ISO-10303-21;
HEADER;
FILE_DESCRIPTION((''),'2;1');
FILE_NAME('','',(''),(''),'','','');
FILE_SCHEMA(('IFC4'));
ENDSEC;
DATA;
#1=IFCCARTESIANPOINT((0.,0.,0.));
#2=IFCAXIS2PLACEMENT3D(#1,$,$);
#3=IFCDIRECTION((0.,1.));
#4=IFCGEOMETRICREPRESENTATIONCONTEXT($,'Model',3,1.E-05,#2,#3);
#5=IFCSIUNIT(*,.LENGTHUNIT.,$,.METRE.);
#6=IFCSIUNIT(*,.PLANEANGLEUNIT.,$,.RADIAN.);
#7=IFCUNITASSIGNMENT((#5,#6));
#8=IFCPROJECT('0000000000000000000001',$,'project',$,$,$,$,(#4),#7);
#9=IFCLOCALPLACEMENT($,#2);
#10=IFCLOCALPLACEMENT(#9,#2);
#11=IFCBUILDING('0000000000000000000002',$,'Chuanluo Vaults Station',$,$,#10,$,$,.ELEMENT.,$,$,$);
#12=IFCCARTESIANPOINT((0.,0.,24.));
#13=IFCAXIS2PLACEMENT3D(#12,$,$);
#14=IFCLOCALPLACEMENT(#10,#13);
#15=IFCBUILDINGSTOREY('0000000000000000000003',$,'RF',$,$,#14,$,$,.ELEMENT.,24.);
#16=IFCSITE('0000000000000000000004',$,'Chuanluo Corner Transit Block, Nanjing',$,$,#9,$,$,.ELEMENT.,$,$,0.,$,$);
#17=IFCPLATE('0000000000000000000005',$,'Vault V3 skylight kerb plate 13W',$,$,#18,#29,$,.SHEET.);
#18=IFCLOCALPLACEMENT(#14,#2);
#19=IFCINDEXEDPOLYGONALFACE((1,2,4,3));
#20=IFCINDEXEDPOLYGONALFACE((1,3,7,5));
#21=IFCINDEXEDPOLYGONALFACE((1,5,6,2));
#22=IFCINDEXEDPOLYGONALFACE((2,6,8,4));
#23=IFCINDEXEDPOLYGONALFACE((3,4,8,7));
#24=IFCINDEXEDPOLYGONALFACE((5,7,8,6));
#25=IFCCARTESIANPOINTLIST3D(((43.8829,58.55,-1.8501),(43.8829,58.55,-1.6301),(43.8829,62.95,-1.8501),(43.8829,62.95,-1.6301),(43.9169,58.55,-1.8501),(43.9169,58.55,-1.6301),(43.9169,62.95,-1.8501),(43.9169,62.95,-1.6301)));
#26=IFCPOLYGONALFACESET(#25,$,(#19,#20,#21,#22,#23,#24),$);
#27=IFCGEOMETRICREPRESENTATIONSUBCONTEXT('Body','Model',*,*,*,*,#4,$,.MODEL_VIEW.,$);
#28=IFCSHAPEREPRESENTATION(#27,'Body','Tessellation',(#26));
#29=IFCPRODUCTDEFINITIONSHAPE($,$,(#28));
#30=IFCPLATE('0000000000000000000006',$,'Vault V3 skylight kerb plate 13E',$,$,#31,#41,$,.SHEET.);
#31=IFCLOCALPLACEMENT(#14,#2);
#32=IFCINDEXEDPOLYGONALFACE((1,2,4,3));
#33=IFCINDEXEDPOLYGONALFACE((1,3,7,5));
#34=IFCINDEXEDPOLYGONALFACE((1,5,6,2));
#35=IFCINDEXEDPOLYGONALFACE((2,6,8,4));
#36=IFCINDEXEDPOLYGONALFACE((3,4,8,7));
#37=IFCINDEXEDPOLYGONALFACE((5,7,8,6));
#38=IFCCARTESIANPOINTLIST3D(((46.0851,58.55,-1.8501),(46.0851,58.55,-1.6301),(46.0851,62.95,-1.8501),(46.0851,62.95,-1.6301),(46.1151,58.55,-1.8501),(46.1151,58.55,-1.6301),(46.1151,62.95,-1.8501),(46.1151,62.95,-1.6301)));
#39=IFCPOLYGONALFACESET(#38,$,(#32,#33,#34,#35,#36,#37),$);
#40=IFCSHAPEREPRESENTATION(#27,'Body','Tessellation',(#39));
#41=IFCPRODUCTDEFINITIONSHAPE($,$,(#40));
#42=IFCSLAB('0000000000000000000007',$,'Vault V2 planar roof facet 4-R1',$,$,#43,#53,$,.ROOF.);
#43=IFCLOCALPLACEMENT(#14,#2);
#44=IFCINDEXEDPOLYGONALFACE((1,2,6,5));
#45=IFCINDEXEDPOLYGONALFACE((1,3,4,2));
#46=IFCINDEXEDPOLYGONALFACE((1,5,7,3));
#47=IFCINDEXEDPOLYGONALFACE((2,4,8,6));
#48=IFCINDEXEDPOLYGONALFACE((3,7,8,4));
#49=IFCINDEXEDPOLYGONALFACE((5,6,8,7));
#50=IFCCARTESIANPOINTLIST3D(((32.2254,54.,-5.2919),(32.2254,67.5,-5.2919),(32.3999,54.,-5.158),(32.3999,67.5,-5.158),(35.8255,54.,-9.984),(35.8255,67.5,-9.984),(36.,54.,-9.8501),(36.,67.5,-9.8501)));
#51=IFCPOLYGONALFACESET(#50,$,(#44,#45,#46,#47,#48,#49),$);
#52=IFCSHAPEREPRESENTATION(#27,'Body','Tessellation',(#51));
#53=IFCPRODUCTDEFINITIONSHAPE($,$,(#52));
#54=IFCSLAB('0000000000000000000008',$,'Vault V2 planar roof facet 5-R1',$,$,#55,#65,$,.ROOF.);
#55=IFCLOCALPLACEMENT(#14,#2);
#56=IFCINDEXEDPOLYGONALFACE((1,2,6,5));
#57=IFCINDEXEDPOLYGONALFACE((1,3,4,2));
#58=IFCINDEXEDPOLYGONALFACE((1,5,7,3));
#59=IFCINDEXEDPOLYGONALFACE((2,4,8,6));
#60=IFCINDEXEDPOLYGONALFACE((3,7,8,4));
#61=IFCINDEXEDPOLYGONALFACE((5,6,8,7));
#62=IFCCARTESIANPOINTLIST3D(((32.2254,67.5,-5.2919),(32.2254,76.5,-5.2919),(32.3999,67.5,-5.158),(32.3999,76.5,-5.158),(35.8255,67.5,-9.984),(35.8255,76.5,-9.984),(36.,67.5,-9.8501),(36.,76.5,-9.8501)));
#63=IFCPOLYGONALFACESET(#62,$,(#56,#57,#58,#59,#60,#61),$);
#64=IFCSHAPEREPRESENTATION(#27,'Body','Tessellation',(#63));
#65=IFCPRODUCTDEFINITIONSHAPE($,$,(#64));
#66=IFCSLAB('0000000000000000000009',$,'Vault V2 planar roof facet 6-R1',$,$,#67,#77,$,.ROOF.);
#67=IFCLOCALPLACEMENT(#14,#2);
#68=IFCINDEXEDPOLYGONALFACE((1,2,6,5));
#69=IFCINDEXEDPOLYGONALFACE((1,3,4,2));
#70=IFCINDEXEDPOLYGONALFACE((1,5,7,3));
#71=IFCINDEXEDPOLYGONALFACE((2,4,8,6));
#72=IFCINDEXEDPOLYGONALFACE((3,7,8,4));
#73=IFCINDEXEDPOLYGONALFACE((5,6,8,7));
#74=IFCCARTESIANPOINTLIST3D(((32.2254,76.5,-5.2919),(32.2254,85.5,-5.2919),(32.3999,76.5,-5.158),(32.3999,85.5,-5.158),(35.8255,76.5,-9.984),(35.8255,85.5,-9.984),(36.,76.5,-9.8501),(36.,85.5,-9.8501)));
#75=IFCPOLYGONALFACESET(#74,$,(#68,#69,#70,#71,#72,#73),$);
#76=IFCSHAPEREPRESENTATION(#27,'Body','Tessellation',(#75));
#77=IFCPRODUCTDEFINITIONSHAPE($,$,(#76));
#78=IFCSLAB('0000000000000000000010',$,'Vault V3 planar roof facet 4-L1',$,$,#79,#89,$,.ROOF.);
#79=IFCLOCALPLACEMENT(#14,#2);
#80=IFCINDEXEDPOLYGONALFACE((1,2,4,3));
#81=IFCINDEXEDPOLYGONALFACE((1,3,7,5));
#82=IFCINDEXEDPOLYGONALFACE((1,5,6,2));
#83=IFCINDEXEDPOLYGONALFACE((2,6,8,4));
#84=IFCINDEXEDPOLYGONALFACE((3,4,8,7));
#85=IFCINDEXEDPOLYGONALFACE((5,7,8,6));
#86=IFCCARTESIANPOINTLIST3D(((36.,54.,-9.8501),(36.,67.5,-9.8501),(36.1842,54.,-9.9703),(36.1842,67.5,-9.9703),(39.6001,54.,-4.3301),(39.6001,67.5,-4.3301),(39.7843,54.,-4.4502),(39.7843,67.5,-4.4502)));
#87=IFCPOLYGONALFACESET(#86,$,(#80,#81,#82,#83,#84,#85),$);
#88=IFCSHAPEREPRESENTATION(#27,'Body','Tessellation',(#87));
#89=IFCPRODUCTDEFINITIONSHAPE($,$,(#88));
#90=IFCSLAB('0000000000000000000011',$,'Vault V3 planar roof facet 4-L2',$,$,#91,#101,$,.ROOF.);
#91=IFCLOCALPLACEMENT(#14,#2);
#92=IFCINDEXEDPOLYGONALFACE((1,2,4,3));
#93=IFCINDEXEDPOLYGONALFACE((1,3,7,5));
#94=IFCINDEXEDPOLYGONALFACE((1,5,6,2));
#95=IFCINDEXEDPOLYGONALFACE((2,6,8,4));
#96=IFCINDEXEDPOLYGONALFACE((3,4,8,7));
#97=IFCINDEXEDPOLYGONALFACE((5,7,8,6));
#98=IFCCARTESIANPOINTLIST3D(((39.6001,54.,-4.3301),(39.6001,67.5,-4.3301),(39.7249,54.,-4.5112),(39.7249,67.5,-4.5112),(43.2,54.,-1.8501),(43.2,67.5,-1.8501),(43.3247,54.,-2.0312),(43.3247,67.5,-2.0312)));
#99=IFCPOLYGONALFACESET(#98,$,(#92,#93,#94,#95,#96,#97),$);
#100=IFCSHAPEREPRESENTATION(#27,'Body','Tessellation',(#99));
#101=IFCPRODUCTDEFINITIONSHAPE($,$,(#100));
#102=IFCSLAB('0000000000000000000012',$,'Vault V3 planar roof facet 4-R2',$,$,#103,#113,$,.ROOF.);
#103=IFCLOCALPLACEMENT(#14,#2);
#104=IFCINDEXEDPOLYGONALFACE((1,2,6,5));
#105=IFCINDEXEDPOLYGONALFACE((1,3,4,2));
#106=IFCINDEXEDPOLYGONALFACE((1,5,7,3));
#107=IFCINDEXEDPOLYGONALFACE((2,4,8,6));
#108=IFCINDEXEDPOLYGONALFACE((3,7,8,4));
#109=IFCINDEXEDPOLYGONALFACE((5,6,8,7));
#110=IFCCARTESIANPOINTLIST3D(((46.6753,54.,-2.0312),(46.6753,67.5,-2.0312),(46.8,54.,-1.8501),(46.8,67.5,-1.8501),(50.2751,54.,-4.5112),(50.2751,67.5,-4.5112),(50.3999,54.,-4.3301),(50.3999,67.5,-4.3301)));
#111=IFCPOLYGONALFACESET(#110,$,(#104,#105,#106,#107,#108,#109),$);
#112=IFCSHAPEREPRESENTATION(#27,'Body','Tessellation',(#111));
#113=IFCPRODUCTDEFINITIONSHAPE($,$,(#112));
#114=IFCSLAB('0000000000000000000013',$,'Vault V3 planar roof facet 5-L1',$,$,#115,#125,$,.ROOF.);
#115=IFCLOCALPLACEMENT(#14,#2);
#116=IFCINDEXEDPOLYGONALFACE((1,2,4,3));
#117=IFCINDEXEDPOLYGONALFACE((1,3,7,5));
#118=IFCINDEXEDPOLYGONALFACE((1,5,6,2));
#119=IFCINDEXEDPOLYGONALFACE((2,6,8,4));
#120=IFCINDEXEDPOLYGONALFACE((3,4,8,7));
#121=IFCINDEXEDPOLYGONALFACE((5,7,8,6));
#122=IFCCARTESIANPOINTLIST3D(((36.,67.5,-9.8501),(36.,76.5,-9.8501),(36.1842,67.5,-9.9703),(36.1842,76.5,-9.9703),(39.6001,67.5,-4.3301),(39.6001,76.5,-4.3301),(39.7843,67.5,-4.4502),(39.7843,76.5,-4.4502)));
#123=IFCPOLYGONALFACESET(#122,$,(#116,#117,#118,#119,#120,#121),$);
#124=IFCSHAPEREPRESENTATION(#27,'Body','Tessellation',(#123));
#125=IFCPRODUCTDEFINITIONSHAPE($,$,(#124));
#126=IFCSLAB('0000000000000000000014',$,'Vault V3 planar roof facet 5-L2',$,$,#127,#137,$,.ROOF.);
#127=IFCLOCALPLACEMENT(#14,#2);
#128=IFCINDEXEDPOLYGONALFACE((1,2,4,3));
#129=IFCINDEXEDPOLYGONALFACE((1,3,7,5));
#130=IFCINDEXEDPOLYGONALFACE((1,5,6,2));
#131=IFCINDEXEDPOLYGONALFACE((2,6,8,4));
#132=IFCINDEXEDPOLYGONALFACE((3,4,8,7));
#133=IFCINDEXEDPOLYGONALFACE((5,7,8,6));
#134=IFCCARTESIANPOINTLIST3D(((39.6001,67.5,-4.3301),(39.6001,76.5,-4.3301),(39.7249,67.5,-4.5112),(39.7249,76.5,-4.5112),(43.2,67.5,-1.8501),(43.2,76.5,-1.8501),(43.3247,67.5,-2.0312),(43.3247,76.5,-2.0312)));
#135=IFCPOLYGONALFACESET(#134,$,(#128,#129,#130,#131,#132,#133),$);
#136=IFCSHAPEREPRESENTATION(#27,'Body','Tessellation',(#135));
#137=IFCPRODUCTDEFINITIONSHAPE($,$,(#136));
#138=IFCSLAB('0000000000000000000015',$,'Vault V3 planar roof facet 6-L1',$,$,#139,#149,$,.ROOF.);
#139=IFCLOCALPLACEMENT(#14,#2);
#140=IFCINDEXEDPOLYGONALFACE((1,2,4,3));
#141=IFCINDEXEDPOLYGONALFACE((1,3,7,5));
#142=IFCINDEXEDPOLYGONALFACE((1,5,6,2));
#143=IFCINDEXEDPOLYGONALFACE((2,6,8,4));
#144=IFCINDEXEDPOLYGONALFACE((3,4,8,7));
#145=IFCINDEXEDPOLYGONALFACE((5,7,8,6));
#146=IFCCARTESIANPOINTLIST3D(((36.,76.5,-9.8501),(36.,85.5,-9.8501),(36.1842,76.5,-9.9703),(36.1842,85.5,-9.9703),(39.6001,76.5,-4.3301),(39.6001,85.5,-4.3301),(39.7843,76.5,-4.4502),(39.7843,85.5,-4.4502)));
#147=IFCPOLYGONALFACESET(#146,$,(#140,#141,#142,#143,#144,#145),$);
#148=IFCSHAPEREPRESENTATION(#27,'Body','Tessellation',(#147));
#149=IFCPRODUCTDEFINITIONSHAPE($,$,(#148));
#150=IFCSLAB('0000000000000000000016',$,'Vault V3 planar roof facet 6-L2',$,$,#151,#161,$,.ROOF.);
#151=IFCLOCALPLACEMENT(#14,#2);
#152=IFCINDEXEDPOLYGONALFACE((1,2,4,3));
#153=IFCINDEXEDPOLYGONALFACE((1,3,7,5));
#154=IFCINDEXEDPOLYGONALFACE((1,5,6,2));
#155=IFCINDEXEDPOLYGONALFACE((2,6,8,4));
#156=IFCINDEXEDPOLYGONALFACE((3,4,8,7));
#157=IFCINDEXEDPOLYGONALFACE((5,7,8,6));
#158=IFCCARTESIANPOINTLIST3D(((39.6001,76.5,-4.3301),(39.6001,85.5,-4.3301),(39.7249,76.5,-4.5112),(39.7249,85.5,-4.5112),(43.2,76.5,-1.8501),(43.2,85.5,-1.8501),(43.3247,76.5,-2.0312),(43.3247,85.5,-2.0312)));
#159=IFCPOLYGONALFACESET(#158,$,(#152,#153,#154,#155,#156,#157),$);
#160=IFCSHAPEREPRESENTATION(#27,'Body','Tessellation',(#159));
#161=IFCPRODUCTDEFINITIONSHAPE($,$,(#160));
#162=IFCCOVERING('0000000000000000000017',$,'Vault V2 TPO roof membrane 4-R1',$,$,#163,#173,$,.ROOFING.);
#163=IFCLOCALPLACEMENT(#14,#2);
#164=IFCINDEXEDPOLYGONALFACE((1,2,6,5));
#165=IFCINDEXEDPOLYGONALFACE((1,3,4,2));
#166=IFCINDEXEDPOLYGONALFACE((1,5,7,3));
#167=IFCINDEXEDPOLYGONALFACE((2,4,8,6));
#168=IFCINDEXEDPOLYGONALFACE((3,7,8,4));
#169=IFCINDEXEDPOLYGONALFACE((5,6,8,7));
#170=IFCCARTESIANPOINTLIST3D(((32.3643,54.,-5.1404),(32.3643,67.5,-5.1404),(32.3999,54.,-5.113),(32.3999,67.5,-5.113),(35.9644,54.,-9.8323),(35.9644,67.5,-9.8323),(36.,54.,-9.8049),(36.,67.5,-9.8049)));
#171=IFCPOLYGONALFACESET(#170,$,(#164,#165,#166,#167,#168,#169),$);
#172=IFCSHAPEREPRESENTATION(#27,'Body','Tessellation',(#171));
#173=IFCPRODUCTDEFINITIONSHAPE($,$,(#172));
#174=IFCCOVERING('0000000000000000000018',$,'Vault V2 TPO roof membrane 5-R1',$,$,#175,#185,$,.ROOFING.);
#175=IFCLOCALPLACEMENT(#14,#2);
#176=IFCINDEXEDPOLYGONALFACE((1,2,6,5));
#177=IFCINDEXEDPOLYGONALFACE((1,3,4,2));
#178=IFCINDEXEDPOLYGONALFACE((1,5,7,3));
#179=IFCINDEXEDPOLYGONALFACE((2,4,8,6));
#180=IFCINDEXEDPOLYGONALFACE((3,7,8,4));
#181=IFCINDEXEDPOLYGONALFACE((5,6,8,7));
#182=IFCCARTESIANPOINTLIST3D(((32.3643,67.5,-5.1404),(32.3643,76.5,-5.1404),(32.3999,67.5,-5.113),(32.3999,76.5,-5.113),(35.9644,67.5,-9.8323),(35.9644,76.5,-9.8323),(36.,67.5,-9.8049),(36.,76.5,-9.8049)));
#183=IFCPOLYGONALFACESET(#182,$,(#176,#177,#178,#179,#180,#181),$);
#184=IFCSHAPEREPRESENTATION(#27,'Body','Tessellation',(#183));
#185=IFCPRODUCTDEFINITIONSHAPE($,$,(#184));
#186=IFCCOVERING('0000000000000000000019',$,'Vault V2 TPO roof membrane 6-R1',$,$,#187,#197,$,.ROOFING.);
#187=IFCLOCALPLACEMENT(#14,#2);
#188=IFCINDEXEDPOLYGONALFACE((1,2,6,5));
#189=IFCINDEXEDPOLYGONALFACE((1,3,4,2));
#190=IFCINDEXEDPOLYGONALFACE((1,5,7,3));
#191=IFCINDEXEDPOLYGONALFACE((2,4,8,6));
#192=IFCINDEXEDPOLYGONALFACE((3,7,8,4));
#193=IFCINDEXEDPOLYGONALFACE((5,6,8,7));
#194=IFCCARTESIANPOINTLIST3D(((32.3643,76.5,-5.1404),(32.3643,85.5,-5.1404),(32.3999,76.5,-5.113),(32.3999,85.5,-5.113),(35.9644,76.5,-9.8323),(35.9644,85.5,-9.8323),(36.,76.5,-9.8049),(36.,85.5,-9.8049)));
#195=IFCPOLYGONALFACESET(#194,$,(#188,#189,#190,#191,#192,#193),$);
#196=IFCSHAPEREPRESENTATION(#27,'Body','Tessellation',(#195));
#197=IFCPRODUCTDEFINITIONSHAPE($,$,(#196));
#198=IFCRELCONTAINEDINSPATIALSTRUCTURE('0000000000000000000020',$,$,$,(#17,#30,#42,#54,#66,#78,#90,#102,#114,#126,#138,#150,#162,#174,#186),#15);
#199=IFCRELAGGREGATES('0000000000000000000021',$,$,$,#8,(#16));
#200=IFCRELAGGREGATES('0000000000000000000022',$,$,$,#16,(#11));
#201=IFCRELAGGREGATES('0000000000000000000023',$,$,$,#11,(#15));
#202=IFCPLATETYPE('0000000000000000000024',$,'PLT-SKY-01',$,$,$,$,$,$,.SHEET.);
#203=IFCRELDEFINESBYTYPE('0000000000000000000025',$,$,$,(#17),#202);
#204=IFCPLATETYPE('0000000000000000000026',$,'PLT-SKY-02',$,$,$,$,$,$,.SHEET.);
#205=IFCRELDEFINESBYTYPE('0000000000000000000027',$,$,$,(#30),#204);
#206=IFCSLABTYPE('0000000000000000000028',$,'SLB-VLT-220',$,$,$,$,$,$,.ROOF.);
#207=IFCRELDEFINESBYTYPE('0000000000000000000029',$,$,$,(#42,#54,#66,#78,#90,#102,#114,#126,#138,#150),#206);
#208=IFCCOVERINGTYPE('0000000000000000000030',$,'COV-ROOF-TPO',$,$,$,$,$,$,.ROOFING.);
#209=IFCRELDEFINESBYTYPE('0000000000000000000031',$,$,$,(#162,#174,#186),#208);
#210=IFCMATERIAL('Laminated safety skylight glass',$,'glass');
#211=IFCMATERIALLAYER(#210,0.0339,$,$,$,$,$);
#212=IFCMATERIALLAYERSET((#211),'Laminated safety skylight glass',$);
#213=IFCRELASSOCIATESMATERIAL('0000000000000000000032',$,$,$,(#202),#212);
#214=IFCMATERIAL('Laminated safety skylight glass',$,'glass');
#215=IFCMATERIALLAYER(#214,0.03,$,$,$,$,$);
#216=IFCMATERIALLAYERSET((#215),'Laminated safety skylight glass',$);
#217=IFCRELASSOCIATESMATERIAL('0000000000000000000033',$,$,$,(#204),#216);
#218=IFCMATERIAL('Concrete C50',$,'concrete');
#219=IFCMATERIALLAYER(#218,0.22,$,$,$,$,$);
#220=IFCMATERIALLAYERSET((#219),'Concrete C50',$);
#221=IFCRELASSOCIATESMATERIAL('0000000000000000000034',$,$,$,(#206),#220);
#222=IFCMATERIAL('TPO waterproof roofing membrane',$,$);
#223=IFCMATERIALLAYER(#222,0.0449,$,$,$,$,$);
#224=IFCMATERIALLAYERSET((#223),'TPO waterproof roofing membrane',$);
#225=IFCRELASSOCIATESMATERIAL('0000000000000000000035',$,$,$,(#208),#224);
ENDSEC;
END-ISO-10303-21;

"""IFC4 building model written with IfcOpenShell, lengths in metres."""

from ifc_helpers import new_model, si_unit, direction, frame, origin, origin_2d, place, context, subcontext, project, spatial, polyline, rectangle, outline, extrude, material, layer, layer_set, type_object, element, save


model = new_model("IFC4")

# Units and contexts
model_context = context("Model", 3, precision=1e-05, world=origin(), true_north=direction((0.0, 1.0)))
body_context = subcontext(model_context, "Body", "Model", "MODEL_VIEW")
ifc_project = project(units=[si_unit("LENGTHUNIT", "METRE"), si_unit("PLANEANGLEUNIT", "RADIAN")], contexts=[model_context])

# Site, building, storey
site_placement = place(None, origin())
site = spatial("IfcSite", under=ifc_project, at=site_placement, Name="Chuanluo Corner Transit Block, Nanjing", CompositionType="ELEMENT", RefElevation=0.0)
building_placement = place(site_placement, origin())
building = spatial("IfcBuilding", under=site, at=building_placement, Name="Chuanluo Vaults Station", CompositionType="ELEMENT")
storey_placement = place(building_placement, frame((0.0, 0.0, 24.0)))
storey = spatial("IfcBuildingStorey", under=building, at=storey_placement, Name="RF", CompositionType="ELEMENT", Elevation=24.0)

# Plates
ifc_material_1 = material(Name="Laminated safety skylight glass", Category="glass")
ifc_layer_1 = layer(ifc_material_1, 0.0339)
ifc_layer_set_1 = layer_set([ifc_layer_1], Name="Laminated safety skylight glass")
plate_type_1 = type_object("IfcPlateType", Name="PLT-SKY-01", PredefinedType="SHEET", material=ifc_layer_set_1)
plate_1_placement = place(storey_placement, frame((43.8999, 60.75, -1.8501), z_axis=(0.0, 0.0, 1.0), x_axis=(1.0, 0.0, 0.0)))
element("IfcPlate", 1, at=plate_1_placement, inside=storey, type_object=plate_type_1, Name="Vault V3 skylight kerb plate 13W", PredefinedType="SHEET", context=body_context, shape_type="SweptSolid", body=[
    extrude(rectangle(XDim=0.0339, YDim=4.3999, at=origin_2d()), origin(), (0.0, 0.0, 1.0), 0.22),
])
ifc_material_2 = material(Name="Laminated safety skylight glass", Category="glass")
ifc_layer_2 = layer(ifc_material_2, 0.03)
ifc_layer_set_2 = layer_set([ifc_layer_2], Name="Laminated safety skylight glass")
plate_type_2 = type_object("IfcPlateType", Name="PLT-SKY-02", PredefinedType="SHEET", material=ifc_layer_set_2)
plate_2_placement = place(storey_placement, frame((46.1001, 60.75, -1.8501), z_axis=(0.0, 0.0, 1.0), x_axis=(1.0, 0.0, 0.0)))
element("IfcPlate", 2, at=plate_2_placement, inside=storey, type_object=plate_type_2, Name="Vault V3 skylight kerb plate 13E", PredefinedType="SHEET", context=body_context, shape_type="SweptSolid", body=[
    extrude(rectangle(XDim=0.03, YDim=4.3999, at=origin_2d()), origin(), (0.0, 0.0, 1.0), 0.22),
])

# Slabs
ifc_material_3 = material(Name="Concrete C50", Category="concrete")
ifc_layer_3 = layer(ifc_material_3, 0.22)
ifc_layer_set_3 = layer_set([ifc_layer_3], Name="Concrete C50")
slab_type = type_object("IfcSlabType", Name="SLB-VLT-220", PredefinedType="ROOF", material=ifc_layer_set_3)
slab_1_placement = place(storey_placement, frame((32.3999, 54.0, -5.158), z_axis=(0.793378, 0.0, 0.608729), x_axis=(0.608729, 0.0, -0.793378)))
element("IfcSlab", 3, at=slab_1_placement, inside=storey, type_object=slab_type, Name="Vault V2 planar roof facet 4-R1", PredefinedType="ROOF", context=body_context, shape_type="SweptSolid", body=[
    extrude(outline(polyline([(0.0, 0.0), (5.9141, 0.0), (5.9141, 13.5), (0.0, 13.5), (0.0, 0.0)])), origin(), (0.0, 0.0, -1.0), 0.22),
])
for number, where, z_axis, x_axis, name in (
    (4, (32.3999, 67.5, -5.158), (0.793378, 0.0, 0.608729), (0.608729, 0.0, -0.793378), "Vault V2 planar roof facet 5-R1"),
    (5, (32.3999, 76.5, -5.158), (0.793378, 0.0, 0.608729), (0.608729, 0.0, -0.793378), "Vault V2 planar roof facet 6-R1"),
):
    element("IfcSlab", number, at=place(storey_placement, frame(where, z_axis=z_axis, x_axis=x_axis)), inside=storey, type_object=slab_type, Name=name, PredefinedType="ROOF", context=body_context, shape_type="SweptSolid", body=[
        extrude(outline(polyline([(0.0, 0.0), (5.9141, 0.0), (5.9141, 9.0), (0.0, 9.0), (0.0, 0.0)])), origin(), (0.0, 0.0, -1.0), 0.22),
    ])
slab_2_placement = place(storey_placement, frame((36.0, 54.0, -9.8501), z_axis=(-0.837605, 0.0, 0.546277), x_axis=(0.546277, 0.0, 0.837605)))
element("IfcSlab", 6, at=slab_2_placement, inside=storey, type_object=slab_type, Name="Vault V3 planar roof facet 4-L1", PredefinedType="ROOF", context=body_context, shape_type="SweptSolid", body=[
    extrude(outline(polyline([(0.0, 0.0), (6.5902, 0.0), (6.5902, 13.5), (0.0, 13.5), (0.0, 0.0)])), origin(), (0.0, 0.0, -1.0), 0.22),
])
for number, where, z_axis, x_axis, name in (
    (7, (39.6001, 54.0, -4.3301), (-0.567318, 0.0, 0.823499), (0.823499, 0.0, 0.567318), "Vault V3 planar roof facet 4-L2"),
    (8, (46.8, 54.0, -1.8501), (0.567318, 0.0, 0.823499), (0.823499, 0.0, -0.567318), "Vault V3 planar roof facet 4-R2"),
):
    element("IfcSlab", number, at=place(storey_placement, frame(where, z_axis=z_axis, x_axis=x_axis)), inside=storey, type_object=slab_type, Name=name, PredefinedType="ROOF", context=body_context, shape_type="SweptSolid", body=[
        extrude(outline(polyline([(0.0, 0.0), (4.3714, 0.0), (4.3714, 13.5), (0.0, 13.5), (0.0, 0.0)])), origin(), (0.0, 0.0, -1.0), 0.22),
    ])
slab_3_placement = place(storey_placement, frame((36.0, 67.5, -9.8501), z_axis=(-0.837605, 0.0, 0.546277), x_axis=(0.546277, 0.0, 0.837605)))
element("IfcSlab", 9, at=slab_3_placement, inside=storey, type_object=slab_type, Name="Vault V3 planar roof facet 5-L1", PredefinedType="ROOF", context=body_context, shape_type="SweptSolid", body=[
    extrude(outline(polyline([(0.0, 0.0), (6.5902, 0.0), (6.5902, 9.0), (0.0, 9.0), (0.0, 0.0)])), origin(), (0.0, 0.0, -1.0), 0.22),
])
slab_4_placement = place(storey_placement, frame((39.6001, 67.5, -4.3301), z_axis=(-0.567318, 0.0, 0.823499), x_axis=(0.823499, 0.0, 0.567318)))
element("IfcSlab", 10, at=slab_4_placement, inside=storey, type_object=slab_type, Name="Vault V3 planar roof facet 5-L2", PredefinedType="ROOF", context=body_context, shape_type="SweptSolid", body=[
    extrude(outline(polyline([(0.0, 0.0), (4.3714, 0.0), (4.3714, 9.0), (0.0, 9.0), (0.0, 0.0)])), origin(), (0.0, 0.0, -1.0), 0.22),
])
slab_5_placement = place(storey_placement, frame((36.0, 76.5, -9.8501), z_axis=(-0.837605, 0.0, 0.546277), x_axis=(0.546277, 0.0, 0.837605)))
element("IfcSlab", 11, at=slab_5_placement, inside=storey, type_object=slab_type, Name="Vault V3 planar roof facet 6-L1", PredefinedType="ROOF", context=body_context, shape_type="SweptSolid", body=[
    extrude(outline(polyline([(0.0, 0.0), (6.5902, 0.0), (6.5902, 9.0), (0.0, 9.0), (0.0, 0.0)])), origin(), (0.0, 0.0, -1.0), 0.22),
])
slab_6_placement = place(storey_placement, frame((39.6001, 76.5, -4.3301), z_axis=(-0.567318, 0.0, 0.823499), x_axis=(0.823499, 0.0, 0.567318)))
element("IfcSlab", 12, at=slab_6_placement, inside=storey, type_object=slab_type, Name="Vault V3 planar roof facet 6-L2", PredefinedType="ROOF", context=body_context, shape_type="SweptSolid", body=[
    extrude(outline(polyline([(0.0, 0.0), (4.3714, 0.0), (4.3714, 9.0), (0.0, 9.0), (0.0, 0.0)])), origin(), (0.0, 0.0, -1.0), 0.22),
])

# Coverings
ifc_material_4 = material(Name="TPO waterproof roofing membrane")
ifc_layer_4 = layer(ifc_material_4, 0.0449)
ifc_layer_set_4 = layer_set([ifc_layer_4], Name="TPO waterproof roofing membrane")
covering_type = type_object("IfcCoveringType", Name="COV-ROOF-TPO", PredefinedType="ROOFING", material=ifc_layer_set_4)
covering_1_placement = place(storey_placement, frame((32.3999, 54.0, -5.113), z_axis=(0.793363, 0.0, 0.608749), x_axis=(0.608749, 0.0, -0.793363)))
element("IfcCovering", 13, at=covering_1_placement, inside=storey, type_object=covering_type, Name="Vault V2 TPO roof membrane 4-R1", PredefinedType="ROOFING", context=body_context, shape_type="SweptSolid", body=[
    extrude(outline(polyline([(0.0, 0.0), (5.9139, 0.0), (5.9139, 13.5), (0.0, 13.5), (0.0, 0.0)])), origin(), (0.0, 0.0, -1.0), 0.0449),
])
for number, where, z_axis, x_axis, name in (
    (14, (32.3999, 67.5, -5.113), (0.793363, 0.0, 0.608749), (0.608749, 0.0, -0.793363), "Vault V2 TPO roof membrane 5-R1"),
    (15, (32.3999, 76.5, -5.113), (0.793363, 0.0, 0.608749), (0.608749, 0.0, -0.793363), "Vault V2 TPO roof membrane 6-R1"),
):
    element("IfcCovering", number, at=place(storey_placement, frame(where, z_axis=z_axis, x_axis=x_axis)), inside=storey, type_object=covering_type, Name=name, PredefinedType="ROOFING", context=body_context, shape_type="SweptSolid", body=[
        extrude(outline(polyline([(0.0, 0.0), (5.9139, 0.0), (5.9139, 9.0), (0.0, 9.0), (0.0, 0.0)])), origin(), (0.0, 0.0, -1.0), 0.0449),
    ])

save(model, "model.ifc")
